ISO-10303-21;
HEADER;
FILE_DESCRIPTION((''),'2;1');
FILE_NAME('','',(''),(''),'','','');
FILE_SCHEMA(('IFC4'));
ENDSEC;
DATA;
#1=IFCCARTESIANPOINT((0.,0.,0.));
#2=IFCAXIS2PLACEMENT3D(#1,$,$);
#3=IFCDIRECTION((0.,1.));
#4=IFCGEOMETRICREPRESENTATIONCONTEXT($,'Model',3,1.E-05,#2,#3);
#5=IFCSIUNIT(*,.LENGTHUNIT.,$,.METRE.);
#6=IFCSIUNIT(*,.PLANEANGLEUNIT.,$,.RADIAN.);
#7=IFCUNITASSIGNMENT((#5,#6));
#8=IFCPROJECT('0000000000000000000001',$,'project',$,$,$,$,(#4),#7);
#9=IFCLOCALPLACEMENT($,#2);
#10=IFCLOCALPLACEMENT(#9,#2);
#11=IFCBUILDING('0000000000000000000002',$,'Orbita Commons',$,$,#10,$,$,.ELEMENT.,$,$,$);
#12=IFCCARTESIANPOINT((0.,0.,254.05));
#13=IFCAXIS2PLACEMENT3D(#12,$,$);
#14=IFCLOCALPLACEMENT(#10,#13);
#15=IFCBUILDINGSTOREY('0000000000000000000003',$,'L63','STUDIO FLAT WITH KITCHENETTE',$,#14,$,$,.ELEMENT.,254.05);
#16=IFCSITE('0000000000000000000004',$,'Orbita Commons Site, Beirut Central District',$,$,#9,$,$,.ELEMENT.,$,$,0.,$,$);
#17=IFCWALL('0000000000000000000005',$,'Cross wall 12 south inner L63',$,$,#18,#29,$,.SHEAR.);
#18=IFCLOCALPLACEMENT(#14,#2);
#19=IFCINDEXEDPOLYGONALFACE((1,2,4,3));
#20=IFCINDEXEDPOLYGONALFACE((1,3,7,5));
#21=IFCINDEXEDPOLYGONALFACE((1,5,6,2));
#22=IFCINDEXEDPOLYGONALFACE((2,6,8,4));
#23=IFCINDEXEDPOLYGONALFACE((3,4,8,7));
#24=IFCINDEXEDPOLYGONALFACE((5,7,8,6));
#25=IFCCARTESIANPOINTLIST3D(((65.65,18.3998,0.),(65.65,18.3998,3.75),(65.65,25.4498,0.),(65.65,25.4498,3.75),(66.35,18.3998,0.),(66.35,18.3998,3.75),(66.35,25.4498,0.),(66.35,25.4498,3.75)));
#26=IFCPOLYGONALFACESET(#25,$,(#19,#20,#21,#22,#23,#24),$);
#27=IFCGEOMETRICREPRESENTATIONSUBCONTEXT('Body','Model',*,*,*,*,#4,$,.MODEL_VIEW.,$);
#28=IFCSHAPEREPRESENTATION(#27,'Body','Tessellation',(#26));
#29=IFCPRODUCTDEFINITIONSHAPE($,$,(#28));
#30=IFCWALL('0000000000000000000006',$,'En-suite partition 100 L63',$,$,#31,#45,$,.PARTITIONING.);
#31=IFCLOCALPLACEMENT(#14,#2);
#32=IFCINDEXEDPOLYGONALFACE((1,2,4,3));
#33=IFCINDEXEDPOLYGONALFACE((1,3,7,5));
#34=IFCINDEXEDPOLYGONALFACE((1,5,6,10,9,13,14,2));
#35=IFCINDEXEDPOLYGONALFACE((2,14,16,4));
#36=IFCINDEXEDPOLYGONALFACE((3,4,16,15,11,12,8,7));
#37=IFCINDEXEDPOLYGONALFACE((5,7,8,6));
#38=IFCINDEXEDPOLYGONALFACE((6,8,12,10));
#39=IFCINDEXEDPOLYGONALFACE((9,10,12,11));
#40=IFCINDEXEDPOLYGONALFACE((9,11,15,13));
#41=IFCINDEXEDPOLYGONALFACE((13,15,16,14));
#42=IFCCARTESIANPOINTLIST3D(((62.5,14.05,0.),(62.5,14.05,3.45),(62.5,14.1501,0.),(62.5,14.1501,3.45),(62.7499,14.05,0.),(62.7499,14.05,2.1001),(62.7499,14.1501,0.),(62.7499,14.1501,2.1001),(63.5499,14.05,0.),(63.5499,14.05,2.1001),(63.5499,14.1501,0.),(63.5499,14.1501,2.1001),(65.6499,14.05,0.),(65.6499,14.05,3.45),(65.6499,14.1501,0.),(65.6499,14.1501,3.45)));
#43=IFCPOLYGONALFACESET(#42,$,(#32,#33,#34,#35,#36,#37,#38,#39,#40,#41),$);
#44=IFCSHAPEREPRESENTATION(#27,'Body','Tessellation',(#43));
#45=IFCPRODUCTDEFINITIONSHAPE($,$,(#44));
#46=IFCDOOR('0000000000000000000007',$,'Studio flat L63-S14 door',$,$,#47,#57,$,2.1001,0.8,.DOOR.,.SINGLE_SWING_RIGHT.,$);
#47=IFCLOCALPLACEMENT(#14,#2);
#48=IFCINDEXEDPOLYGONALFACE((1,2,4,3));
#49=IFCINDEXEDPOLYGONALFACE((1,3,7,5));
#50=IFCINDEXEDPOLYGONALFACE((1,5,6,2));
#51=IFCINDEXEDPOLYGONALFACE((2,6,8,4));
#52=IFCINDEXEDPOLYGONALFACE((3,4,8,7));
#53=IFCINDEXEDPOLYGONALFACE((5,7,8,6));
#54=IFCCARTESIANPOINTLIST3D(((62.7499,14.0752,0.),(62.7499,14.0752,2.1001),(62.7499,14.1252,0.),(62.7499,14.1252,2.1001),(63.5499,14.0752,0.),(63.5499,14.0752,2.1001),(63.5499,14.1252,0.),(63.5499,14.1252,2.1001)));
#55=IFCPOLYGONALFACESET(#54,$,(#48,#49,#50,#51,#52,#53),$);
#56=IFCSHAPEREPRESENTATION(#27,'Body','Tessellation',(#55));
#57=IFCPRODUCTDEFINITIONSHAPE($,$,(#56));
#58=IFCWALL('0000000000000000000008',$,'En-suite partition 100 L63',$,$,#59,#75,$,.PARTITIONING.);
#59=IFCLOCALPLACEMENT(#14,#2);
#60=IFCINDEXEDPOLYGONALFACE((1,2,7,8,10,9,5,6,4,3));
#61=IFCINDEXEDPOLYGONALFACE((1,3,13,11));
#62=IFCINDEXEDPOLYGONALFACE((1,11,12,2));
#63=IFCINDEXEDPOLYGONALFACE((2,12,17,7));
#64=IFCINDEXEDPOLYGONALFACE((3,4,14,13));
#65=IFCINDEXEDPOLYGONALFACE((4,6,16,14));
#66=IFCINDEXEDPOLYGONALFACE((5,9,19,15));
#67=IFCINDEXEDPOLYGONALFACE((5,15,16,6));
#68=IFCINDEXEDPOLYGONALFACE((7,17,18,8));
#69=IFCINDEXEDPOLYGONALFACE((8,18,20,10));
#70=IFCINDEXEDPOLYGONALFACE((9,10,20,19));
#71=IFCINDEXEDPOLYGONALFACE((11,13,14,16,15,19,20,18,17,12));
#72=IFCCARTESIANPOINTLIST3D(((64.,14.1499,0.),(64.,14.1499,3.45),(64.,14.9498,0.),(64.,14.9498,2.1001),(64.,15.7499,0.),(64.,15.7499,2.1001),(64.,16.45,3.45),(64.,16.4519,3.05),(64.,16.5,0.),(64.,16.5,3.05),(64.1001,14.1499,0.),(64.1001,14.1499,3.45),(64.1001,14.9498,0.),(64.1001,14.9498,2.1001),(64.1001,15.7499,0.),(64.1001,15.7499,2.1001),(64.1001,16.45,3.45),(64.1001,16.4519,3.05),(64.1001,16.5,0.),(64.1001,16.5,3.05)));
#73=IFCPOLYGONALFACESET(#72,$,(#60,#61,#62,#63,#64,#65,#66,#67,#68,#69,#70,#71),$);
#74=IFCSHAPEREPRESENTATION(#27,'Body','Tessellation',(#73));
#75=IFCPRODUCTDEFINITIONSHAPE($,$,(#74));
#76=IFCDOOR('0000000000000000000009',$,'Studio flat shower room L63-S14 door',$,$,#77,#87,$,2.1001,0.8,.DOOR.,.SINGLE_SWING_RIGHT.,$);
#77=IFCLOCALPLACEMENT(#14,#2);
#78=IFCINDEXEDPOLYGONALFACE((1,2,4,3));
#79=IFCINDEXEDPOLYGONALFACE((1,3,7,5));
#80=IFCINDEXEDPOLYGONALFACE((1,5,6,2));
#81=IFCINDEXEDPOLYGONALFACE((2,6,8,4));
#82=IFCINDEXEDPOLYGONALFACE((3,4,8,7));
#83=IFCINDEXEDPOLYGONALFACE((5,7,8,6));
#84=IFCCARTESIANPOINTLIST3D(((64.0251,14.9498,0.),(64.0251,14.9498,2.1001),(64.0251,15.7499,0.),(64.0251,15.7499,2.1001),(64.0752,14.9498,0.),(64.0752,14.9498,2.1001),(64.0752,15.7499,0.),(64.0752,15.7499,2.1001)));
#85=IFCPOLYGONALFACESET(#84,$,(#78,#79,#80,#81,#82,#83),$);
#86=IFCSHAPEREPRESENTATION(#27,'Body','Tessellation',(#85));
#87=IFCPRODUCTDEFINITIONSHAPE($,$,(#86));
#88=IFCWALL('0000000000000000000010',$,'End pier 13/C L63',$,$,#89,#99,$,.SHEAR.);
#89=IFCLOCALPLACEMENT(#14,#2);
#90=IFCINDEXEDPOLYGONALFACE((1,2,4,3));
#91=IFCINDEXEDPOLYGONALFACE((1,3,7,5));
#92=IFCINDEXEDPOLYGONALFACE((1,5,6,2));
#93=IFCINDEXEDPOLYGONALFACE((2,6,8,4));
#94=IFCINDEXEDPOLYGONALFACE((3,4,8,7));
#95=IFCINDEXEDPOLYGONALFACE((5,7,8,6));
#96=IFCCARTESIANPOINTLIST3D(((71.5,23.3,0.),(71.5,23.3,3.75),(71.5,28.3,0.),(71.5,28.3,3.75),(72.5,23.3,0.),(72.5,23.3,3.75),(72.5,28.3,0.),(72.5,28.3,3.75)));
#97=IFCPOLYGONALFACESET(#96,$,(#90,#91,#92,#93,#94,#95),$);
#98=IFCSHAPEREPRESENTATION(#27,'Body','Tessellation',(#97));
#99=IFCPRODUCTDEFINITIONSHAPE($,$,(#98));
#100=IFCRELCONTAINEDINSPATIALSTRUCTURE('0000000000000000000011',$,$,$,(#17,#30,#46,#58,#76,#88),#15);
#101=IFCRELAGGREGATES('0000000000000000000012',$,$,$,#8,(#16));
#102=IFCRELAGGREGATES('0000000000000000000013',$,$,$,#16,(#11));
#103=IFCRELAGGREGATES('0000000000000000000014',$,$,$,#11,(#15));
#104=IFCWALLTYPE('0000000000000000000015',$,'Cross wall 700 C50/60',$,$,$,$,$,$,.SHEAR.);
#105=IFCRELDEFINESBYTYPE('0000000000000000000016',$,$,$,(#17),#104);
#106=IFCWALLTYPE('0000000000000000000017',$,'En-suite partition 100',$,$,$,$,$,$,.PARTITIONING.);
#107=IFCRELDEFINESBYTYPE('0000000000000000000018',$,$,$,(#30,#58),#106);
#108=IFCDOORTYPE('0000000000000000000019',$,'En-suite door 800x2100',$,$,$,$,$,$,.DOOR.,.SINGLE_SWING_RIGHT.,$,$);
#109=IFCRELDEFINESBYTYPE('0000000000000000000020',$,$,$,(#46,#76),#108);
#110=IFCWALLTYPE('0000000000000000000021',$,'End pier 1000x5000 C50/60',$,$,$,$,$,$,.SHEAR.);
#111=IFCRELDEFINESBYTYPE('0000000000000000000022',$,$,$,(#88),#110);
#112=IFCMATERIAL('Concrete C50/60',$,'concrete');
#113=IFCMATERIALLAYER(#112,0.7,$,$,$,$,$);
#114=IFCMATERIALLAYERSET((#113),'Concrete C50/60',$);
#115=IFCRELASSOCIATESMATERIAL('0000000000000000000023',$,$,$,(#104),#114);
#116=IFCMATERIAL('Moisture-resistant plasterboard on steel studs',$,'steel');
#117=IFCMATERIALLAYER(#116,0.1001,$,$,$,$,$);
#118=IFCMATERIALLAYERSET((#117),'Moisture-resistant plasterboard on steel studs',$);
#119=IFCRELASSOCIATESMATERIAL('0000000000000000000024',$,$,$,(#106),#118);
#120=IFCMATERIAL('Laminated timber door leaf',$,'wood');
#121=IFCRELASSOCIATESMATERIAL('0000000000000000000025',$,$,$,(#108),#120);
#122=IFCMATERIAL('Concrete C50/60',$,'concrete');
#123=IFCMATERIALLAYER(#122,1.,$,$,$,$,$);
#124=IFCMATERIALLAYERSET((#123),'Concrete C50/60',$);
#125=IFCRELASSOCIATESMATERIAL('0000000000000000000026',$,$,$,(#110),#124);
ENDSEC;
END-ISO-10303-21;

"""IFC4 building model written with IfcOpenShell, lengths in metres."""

from ifc_helpers import new_model, si_unit, direction, frame, frame_2d, origin, place, context, subcontext, project, spatial, polyline, rectangle, outline, extrude, material, layer, layer_set, type_object, element, fill, save


model = new_model("IFC4")

# Units and contexts
model_context = context("Model", 3, precision=1e-05, world=origin(), true_north=direction((0.0, 1.0)))
body_context = subcontext(model_context, "Body", "Model", "MODEL_VIEW")
ifc_project = project(units=[si_unit("LENGTHUNIT", "METRE"), si_unit("PLANEANGLEUNIT", "RADIAN")], contexts=[model_context])

# Site, building, storey
site_placement = place(None, origin())
site = spatial("IfcSite", under=ifc_project, at=site_placement, Name="Orbita Commons Site, Beirut Central District", CompositionType="ELEMENT", RefElevation=0.0)
building_placement = place(site_placement, origin())
building = spatial("IfcBuilding", under=site, at=building_placement, Name="Orbita Commons", CompositionType="ELEMENT")
storey_placement = place(building_placement, frame((0.0, 0.0, 254.05)))
storey = spatial("IfcBuildingStorey", under=building, at=storey_placement, Name="L63", Description="STUDIO FLAT WITH KITCHENETTE", CompositionType="ELEMENT", Elevation=254.05)

# Wall
ifc_material_1 = material(Name="Concrete C50/60", Category="concrete")
ifc_layer_1 = layer(ifc_material_1, 0.7)
ifc_layer_set_1 = layer_set([ifc_layer_1], Name="Concrete C50/60")
wall_type_1 = type_object("IfcWallType", Name="Cross wall 700 C50/60", PredefinedType="SHEAR", material=ifc_layer_set_1)
wall_1_placement = place(storey_placement, frame((66.0, 18.3999, 0.0), z_axis=(0.0, 0.0, 1.0), x_axis=(0.0, 1.0, 0.0)))
element("IfcWall", 1, at=wall_1_placement, inside=storey, type_object=wall_type_1, Name="Cross wall 12 south inner L63", PredefinedType="SHEAR", context=body_context, shape_type="SweptSolid", body=[
    extrude(rectangle(XDim=7.05, YDim=0.7, at=frame_2d((3.5249, 0.0))), origin(), (0.0, 0.0, 1.0), 3.75),
])

# Walls, openings, doors
ifc_material_2 = material(Name="Moisture-resistant plasterboard on steel studs", Category="steel")
ifc_layer_2 = layer(ifc_material_2, 0.1001)
ifc_layer_set_2 = layer_set([ifc_layer_2], Name="Moisture-resistant plasterboard on steel studs")
wall_type_2 = type_object("IfcWallType", Name="En-suite partition 100", PredefinedType="PARTITIONING", material=ifc_layer_set_2)
wall_2_placement = place(storey_placement, frame((65.6499, 14.1001, 0.0), z_axis=(0.0, 0.0, 1.0), x_axis=(-1.0, 0.0, 0.0)))
wall_2 = element("IfcWall", 2, at=wall_2_placement, inside=storey, type_object=wall_type_2, Name="En-suite partition 100 L63", PredefinedType="PARTITIONING", context=body_context, shape_type="SweptSolid", body=[
    extrude(rectangle(XDim=3.1499, YDim=0.1001, at=frame_2d((1.575, 0.0))), origin(), (0.0, 0.0, 1.0), 3.45),
])
opening_1_placement = place(wall_2_placement, frame((2.1001, 0.0, 0.0)))
opening_1 = element("IfcOpeningElement", 3, at=opening_1_placement, cuts=wall_2, PredefinedType="OPENING", context=body_context, shape_type="SweptSolid", body=[
    extrude(rectangle(XDim=0.8, YDim=2.1001, at=frame_2d((0.3999, 1.05))), frame((0.0, 0.0601, 0.0), z_axis=(0.0, -1.0, 0.0), x_axis=(1.0, 0.0, 0.0)), (0.0, 0.0, 1.0), 0.1201),
])
ifc_material_3 = material(Name="Laminated timber door leaf", Category="wood")
door_type_1 = type_object("IfcDoorType", Name="En-suite door 800x2100", OperationType="SINGLE_SWING_RIGHT", PredefinedType="DOOR", material=ifc_material_3)
door_1_placement = place(opening_1_placement, origin())
door_1 = element("IfcDoor", 4, at=door_1_placement, inside=storey, type_object=door_type_1, Name="Studio flat L63-S14 door", OperationType="SINGLE_SWING_RIGHT", OverallHeight=2.1001, OverallWidth=0.8, PredefinedType="DOOR", context=body_context, shape_type="SweptSolid", body=[
    extrude(rectangle(XDim=0.8, YDim=2.1001, at=frame_2d((0.3999, 1.05))), frame((0.0, 0.0249, 0.0), z_axis=(0.0, -1.0, 0.0), x_axis=(1.0, 0.0, 0.0)), (0.0, 0.0, 1.0), 0.05),
])
fill(opening_1, door_1)
wall_3_placement = place(storey_placement, frame((64.05, 14.1499, 0.0), z_axis=(0.0, 0.0, 1.0), x_axis=(0.0, 1.0, 0.0)))
wall_3 = element("IfcWall", 5, at=wall_3_placement, inside=storey, type_object=wall_type_2, Name="En-suite partition 100 L63", PredefinedType="PARTITIONING", context=body_context, shape_type="SweptSolid", body=[
    extrude(outline(polyline([(0.0, 0.0), (2.3501, 0.0), (2.3501, 3.05), (2.302, 3.05), (2.3, 3.45), (0.0, 3.45), (0.0, 0.0)])), frame((0.0, 0.05, 0.0), z_axis=(0.0, -1.0, 0.0), x_axis=(1.0, 0.0, 0.0)), (0.0, 0.0, 1.0), 0.1001),
])
opening_2_placement = place(wall_3_placement, frame((0.8, 0.0, 0.0)))
opening_2 = element("IfcOpeningElement", 6, at=opening_2_placement, cuts=wall_3, PredefinedType="OPENING", context=body_context, shape_type="SweptSolid", body=[
    extrude(rectangle(XDim=0.8, YDim=2.1001, at=frame_2d((0.3999, 1.05))), frame((0.0, 0.0601, 0.0), z_axis=(0.0, -1.0, 0.0), x_axis=(1.0, 0.0, 0.0)), (0.0, 0.0, 1.0), 0.1201),
])
door_2_placement = place(opening_2_placement, origin())
door_2 = element("IfcDoor", 7, at=door_2_placement, inside=storey, type_object=door_type_1, Name="Studio flat shower room L63-S14 door", OperationType="SINGLE_SWING_RIGHT", OverallHeight=2.1001, OverallWidth=0.8, PredefinedType="DOOR", context=body_context, shape_type="SweptSolid", body=[
    extrude(rectangle(XDim=0.8, YDim=2.1001, at=frame_2d((0.3999, 1.05))), frame((0.0, 0.0249, 0.0), z_axis=(0.0, -1.0, 0.0), x_axis=(1.0, 0.0, 0.0)), (0.0, 0.0, 1.0), 0.05),
])
fill(opening_2, door_2)

# Wall
ifc_material_4 = material(Name="Concrete C50/60", Category="concrete")
ifc_layer_3 = layer(ifc_material_4, 1.0)
ifc_layer_set_3 = layer_set([ifc_layer_3], Name="Concrete C50/60")
wall_type_3 = type_object("IfcWallType", Name="End pier 1000x5000 C50/60", PredefinedType="SHEAR", material=ifc_layer_set_3)
wall_4_placement = place(storey_placement, frame((72.0, 23.3, 0.0), z_axis=(0.0, 0.0, 1.0), x_axis=(0.0, 1.0, 0.0)))
element("IfcWall", 8, at=wall_4_placement, inside=storey, type_object=wall_type_3, Name="End pier 13/C L63", PredefinedType="SHEAR", context=body_context, shape_type="SweptSolid", body=[
    extrude(rectangle(XDim=5.0, YDim=1.0, at=frame_2d((2.5, 0.0))), origin(), (0.0, 0.0, 1.0), 3.75),
])

save(model, "model.ifc")
